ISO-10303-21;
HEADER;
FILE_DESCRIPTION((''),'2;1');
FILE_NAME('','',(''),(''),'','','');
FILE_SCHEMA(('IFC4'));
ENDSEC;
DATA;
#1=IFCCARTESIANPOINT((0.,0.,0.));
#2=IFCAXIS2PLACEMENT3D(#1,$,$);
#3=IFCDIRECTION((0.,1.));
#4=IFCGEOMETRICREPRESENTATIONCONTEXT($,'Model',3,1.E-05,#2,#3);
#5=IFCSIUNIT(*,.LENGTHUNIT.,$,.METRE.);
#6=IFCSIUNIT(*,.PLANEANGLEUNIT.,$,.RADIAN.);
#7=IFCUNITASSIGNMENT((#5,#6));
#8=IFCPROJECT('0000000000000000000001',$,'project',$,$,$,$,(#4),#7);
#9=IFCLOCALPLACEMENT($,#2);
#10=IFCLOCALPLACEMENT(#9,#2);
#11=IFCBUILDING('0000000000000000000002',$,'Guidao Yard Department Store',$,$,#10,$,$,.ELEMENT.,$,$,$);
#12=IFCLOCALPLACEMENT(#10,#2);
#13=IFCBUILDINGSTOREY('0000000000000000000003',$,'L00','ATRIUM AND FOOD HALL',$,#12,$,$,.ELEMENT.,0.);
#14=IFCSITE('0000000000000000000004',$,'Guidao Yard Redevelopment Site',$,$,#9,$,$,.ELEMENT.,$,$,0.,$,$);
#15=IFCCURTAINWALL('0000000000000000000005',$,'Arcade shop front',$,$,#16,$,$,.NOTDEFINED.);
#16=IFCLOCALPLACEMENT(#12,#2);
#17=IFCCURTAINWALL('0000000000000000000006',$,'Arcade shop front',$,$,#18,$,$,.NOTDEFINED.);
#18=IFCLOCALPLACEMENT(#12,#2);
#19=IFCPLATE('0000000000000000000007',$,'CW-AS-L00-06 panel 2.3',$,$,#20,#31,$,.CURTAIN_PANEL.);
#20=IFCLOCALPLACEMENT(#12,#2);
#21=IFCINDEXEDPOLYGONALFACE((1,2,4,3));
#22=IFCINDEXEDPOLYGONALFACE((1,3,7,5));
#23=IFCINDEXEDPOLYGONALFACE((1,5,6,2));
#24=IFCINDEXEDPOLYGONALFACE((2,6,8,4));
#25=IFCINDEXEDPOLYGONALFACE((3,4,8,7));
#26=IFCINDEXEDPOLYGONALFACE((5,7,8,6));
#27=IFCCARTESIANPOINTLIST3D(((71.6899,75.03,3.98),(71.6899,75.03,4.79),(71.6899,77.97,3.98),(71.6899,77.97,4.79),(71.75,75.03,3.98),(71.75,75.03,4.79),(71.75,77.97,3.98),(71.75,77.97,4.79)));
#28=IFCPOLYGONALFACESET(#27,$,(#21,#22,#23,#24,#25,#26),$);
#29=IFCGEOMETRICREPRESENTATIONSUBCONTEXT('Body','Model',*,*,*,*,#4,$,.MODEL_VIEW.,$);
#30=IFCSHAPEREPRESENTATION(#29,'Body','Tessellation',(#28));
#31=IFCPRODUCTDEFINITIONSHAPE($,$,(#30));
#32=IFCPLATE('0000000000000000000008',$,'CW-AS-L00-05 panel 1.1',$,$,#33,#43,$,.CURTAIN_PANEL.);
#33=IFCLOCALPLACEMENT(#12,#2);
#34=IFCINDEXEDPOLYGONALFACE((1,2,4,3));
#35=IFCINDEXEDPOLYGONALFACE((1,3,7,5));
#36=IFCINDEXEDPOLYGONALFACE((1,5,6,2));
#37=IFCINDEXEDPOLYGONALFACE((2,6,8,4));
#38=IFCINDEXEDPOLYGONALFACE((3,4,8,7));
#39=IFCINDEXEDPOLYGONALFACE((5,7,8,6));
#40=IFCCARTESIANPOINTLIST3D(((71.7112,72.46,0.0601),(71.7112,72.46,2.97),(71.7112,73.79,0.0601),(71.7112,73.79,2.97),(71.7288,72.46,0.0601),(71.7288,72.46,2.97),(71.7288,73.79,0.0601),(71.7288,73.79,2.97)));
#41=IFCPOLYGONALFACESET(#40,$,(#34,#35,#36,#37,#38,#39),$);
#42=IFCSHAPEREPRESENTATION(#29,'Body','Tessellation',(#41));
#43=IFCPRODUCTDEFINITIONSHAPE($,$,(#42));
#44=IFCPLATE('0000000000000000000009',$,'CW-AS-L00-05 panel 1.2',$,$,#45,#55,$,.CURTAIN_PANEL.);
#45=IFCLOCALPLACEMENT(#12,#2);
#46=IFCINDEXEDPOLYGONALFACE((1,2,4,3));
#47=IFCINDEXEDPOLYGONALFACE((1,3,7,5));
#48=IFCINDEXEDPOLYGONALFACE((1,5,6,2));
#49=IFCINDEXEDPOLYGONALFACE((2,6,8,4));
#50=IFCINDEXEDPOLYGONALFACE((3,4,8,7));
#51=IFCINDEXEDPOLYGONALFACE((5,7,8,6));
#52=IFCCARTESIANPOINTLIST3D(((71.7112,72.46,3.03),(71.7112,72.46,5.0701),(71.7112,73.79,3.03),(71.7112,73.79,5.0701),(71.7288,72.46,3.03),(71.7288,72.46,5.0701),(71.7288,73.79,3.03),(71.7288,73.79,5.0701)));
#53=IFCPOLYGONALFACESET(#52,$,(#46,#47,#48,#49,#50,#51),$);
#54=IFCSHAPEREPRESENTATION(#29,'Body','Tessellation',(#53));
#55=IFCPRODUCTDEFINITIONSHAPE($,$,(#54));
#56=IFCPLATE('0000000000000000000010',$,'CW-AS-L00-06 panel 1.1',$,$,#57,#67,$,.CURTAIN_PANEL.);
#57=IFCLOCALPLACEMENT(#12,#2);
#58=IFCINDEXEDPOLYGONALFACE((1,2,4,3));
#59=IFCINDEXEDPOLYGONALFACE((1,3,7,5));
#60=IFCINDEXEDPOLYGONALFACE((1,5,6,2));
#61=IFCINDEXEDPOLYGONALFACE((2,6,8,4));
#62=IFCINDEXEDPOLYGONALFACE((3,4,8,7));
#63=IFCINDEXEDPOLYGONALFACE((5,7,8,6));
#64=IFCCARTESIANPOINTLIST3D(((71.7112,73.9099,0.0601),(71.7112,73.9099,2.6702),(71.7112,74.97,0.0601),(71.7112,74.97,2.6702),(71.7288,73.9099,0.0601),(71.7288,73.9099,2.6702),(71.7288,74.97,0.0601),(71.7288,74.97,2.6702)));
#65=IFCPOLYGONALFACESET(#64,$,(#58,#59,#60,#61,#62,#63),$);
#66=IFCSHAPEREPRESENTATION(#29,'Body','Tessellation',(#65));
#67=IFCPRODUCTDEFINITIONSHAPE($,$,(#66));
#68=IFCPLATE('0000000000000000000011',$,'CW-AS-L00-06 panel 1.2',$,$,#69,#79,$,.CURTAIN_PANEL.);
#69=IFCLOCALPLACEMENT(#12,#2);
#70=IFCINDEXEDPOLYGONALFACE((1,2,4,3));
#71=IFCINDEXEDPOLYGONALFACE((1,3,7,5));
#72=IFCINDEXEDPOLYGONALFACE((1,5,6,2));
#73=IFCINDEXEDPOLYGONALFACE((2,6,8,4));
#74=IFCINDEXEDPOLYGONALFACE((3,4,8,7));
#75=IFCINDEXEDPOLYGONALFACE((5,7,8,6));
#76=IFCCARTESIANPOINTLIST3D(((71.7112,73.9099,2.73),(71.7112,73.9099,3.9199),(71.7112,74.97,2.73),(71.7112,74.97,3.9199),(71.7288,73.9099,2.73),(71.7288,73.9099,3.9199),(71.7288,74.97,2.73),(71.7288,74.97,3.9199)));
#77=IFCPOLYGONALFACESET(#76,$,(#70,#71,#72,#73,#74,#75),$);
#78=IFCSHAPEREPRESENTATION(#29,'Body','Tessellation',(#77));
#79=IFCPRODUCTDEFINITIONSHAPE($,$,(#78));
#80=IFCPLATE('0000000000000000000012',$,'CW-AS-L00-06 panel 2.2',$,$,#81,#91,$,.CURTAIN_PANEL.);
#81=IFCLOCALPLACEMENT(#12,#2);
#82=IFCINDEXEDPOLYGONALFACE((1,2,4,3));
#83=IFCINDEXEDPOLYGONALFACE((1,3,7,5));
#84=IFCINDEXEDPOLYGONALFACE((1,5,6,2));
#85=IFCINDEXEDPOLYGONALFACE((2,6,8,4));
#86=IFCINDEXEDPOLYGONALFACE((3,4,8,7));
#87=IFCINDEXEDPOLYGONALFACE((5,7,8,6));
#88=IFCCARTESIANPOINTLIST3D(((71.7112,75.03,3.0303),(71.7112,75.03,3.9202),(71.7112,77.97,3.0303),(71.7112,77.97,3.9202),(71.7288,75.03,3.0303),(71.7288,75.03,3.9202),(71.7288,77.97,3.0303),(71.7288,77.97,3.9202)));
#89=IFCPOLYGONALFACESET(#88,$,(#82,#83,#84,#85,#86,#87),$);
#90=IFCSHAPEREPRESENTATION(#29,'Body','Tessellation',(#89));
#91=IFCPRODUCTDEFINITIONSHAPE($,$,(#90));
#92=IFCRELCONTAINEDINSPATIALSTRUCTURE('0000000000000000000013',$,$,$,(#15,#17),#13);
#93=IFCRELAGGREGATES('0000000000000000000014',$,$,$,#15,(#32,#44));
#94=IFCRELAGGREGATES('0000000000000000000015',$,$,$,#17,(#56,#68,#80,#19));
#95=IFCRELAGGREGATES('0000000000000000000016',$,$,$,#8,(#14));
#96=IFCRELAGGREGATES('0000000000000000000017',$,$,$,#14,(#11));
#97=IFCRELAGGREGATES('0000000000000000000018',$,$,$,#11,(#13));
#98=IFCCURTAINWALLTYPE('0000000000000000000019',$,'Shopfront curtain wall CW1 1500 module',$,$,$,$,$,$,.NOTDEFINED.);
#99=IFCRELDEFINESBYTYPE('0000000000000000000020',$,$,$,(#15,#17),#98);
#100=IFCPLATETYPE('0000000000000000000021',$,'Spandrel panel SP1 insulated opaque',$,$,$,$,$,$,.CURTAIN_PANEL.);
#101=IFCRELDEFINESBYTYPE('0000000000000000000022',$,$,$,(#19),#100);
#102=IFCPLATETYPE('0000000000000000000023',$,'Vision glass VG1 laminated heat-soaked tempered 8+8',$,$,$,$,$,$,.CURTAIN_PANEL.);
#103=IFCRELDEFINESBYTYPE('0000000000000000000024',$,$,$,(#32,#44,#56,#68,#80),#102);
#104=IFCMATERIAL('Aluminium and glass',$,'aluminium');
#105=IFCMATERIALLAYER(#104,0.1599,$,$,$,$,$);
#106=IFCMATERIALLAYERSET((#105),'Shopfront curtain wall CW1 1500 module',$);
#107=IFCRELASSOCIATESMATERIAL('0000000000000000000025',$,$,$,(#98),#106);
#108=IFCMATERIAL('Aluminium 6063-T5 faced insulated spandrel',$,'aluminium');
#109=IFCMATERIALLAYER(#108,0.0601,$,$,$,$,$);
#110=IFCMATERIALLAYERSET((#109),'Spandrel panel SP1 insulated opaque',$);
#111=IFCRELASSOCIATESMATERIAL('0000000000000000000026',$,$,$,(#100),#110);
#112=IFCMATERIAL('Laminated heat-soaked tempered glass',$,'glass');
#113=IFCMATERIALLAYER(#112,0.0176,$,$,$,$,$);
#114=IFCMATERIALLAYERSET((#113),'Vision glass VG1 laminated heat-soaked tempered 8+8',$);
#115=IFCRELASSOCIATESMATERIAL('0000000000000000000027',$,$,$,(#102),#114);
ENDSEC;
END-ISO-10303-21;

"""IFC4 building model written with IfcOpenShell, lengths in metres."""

from ifc_helpers import new_model, si_unit, direction, frame, origin, origin_2d, place, context, subcontext, project, spatial, rectangle, extrude, material, layer, layer_set, type_object, element, aggregate, save


model = new_model("IFC4")

# Units and contexts
model_context = context("Model", 3, precision=1e-05, world=origin(), true_north=direction((0.0, 1.0)))
body_context = subcontext(model_context, "Body", "Model", "MODEL_VIEW")
ifc_project = project(units=[si_unit("LENGTHUNIT", "METRE"), si_unit("PLANEANGLEUNIT", "RADIAN")], contexts=[model_context])

# Site, building, storey
site_placement = place(None, origin())
site = spatial("IfcSite", under=ifc_project, at=site_placement, Name="Guidao Yard Redevelopment Site", CompositionType="ELEMENT", RefElevation=0.0)
building_placement = place(site_placement, origin())
building = spatial("IfcBuilding", under=site, at=building_placement, Name="Guidao Yard Department Store", CompositionType="ELEMENT")
storey_placement = place(building_placement, origin())
storey = spatial("IfcBuildingStorey", under=building, at=storey_placement, Name="L00", Description="ATRIUM AND FOOD HALL", CompositionType="ELEMENT", Elevation=0.0)

# Curtain wall
ifc_material_1 = material(Name="Aluminium and glass", Category="aluminium")
ifc_layer_1 = layer(ifc_material_1, 0.1599)
ifc_layer_set_1 = layer_set([ifc_layer_1], Name="Shopfront curtain wall CW1 1500 module")
curtain_wall_type = type_object("IfcCurtainWallType", Name="Shopfront curtain wall CW1 1500 module", PredefinedType="NOTDEFINED", material=ifc_layer_set_1)
curtain_wall_1_placement = place(storey_placement, origin())
curtain_wall_1 = element("IfcCurtainWall", 1, at=curtain_wall_1_placement, inside=storey, type_object=curtain_wall_type, Name="Arcade shop front", PredefinedType="NOTDEFINED")

# Curtain wall
curtain_wall_2_placement = place(storey_placement, origin())
curtain_wall_2 = element("IfcCurtainWall", 2, at=curtain_wall_2_placement, inside=storey, type_object=curtain_wall_type, Name="Arcade shop front", PredefinedType="NOTDEFINED")

# Plates
ifc_material_2 = material(Name="Aluminium 6063-T5 faced insulated spandrel", Category="aluminium")
ifc_layer_2 = layer(ifc_material_2, 0.0601)
ifc_layer_set_2 = layer_set([ifc_layer_2], Name="Spandrel panel SP1 insulated opaque")
plate_type_1 = type_object("IfcPlateType", Name="Spandrel panel SP1 insulated opaque", PredefinedType="CURTAIN_PANEL", material=ifc_layer_set_2)
plate_1_placement = place(storey_placement, frame((71.72, 76.5, 3.98), z_axis=(0.0, 0.0, 1.0), x_axis=(0.0, 1.0, 0.0)))
plate_1 = element("IfcPlate", 3, at=plate_1_placement, type_object=plate_type_1, Name="CW-AS-L00-06 panel 2.3", PredefinedType="CURTAIN_PANEL", context=body_context, shape_type="SweptSolid", body=[
    extrude(rectangle(XDim=2.9399, YDim=0.0601, at=origin_2d()), origin(), (0.0, 0.0, 1.0), 0.8101),
])
ifc_material_3 = material(Name="Laminated heat-soaked tempered glass", Category="glass")
ifc_layer_3 = layer(ifc_material_3, 0.0176)
ifc_layer_set_3 = layer_set([ifc_layer_3], Name="Vision glass VG1 laminated heat-soaked tempered 8+8")
plate_type_2 = type_object("IfcPlateType", Name="Vision glass VG1 laminated heat-soaked tempered 8+8", PredefinedType="CURTAIN_PANEL", material=ifc_layer_set_3)
plate_2_placement = place(storey_placement, frame((71.72, 73.125, 0.0601), z_axis=(0.0, 0.0, 1.0), x_axis=(0.0, 1.0, 0.0)))
plate_2 = element("IfcPlate", 4, at=plate_2_placement, type_object=plate_type_2, Name="CW-AS-L00-05 panel 1.1", PredefinedType="CURTAIN_PANEL", context=body_context, shape_type="SweptSolid", body=[
    extrude(rectangle(XDim=1.3301, YDim=0.0176, at=origin_2d()), origin(), (0.0, 0.0, 1.0), 2.9099),
])
plate_3_placement = place(storey_placement, frame((71.72, 73.125, 3.03), z_axis=(0.0, 0.0, 1.0), x_axis=(0.0, 1.0, 0.0)))
plate_3 = element("IfcPlate", 5, at=plate_3_placement, type_object=plate_type_2, Name="CW-AS-L00-05 panel 1.2", PredefinedType="CURTAIN_PANEL", context=body_context, shape_type="SweptSolid", body=[
    extrude(rectangle(XDim=1.3301, YDim=0.0176, at=origin_2d()), origin(), (0.0, 0.0, 1.0), 2.04),
])
aggregate(curtain_wall_1, [plate_2, plate_3])
plate_4_placement = place(storey_placement, frame((71.72, 74.4399, 0.0601), z_axis=(0.0, 0.0, 1.0), x_axis=(0.0, 1.0, 0.0)))
plate_4 = element("IfcPlate", 6, at=plate_4_placement, type_object=plate_type_2, Name="CW-AS-L00-06 panel 1.1", PredefinedType="CURTAIN_PANEL", context=body_context, shape_type="SweptSolid", body=[
    extrude(rectangle(XDim=1.0601, YDim=0.0176, at=origin_2d()), origin(), (0.0, 0.0, 1.0), 2.6101),
])
plate_5_placement = place(storey_placement, frame((71.72, 74.4399, 2.73), z_axis=(0.0, 0.0, 1.0), x_axis=(0.0, 1.0, 0.0)))
plate_5 = element("IfcPlate", 7, at=plate_5_placement, type_object=plate_type_2, Name="CW-AS-L00-06 panel 1.2", PredefinedType="CURTAIN_PANEL", context=body_context, shape_type="SweptSolid", body=[
    extrude(rectangle(XDim=1.0601, YDim=0.0176, at=origin_2d()), origin(), (0.0, 0.0, 1.0), 1.1899),
])
plate_6_placement = place(storey_placement, frame((71.72, 76.5, 3.0303), z_axis=(0.0, 0.0, 1.0), x_axis=(0.0, 1.0, 0.0)))
plate_6 = element("IfcPlate", 8, at=plate_6_placement, type_object=plate_type_2, Name="CW-AS-L00-06 panel 2.2", PredefinedType="CURTAIN_PANEL", context=body_context, shape_type="SweptSolid", body=[
    extrude(rectangle(XDim=2.9399, YDim=0.0176, at=origin_2d()), origin(), (0.0, 0.0, 1.0), 0.8899),
])
aggregate(curtain_wall_2, [plate_4, plate_5, plate_6, plate_1])

save(model, "model.ifc")
